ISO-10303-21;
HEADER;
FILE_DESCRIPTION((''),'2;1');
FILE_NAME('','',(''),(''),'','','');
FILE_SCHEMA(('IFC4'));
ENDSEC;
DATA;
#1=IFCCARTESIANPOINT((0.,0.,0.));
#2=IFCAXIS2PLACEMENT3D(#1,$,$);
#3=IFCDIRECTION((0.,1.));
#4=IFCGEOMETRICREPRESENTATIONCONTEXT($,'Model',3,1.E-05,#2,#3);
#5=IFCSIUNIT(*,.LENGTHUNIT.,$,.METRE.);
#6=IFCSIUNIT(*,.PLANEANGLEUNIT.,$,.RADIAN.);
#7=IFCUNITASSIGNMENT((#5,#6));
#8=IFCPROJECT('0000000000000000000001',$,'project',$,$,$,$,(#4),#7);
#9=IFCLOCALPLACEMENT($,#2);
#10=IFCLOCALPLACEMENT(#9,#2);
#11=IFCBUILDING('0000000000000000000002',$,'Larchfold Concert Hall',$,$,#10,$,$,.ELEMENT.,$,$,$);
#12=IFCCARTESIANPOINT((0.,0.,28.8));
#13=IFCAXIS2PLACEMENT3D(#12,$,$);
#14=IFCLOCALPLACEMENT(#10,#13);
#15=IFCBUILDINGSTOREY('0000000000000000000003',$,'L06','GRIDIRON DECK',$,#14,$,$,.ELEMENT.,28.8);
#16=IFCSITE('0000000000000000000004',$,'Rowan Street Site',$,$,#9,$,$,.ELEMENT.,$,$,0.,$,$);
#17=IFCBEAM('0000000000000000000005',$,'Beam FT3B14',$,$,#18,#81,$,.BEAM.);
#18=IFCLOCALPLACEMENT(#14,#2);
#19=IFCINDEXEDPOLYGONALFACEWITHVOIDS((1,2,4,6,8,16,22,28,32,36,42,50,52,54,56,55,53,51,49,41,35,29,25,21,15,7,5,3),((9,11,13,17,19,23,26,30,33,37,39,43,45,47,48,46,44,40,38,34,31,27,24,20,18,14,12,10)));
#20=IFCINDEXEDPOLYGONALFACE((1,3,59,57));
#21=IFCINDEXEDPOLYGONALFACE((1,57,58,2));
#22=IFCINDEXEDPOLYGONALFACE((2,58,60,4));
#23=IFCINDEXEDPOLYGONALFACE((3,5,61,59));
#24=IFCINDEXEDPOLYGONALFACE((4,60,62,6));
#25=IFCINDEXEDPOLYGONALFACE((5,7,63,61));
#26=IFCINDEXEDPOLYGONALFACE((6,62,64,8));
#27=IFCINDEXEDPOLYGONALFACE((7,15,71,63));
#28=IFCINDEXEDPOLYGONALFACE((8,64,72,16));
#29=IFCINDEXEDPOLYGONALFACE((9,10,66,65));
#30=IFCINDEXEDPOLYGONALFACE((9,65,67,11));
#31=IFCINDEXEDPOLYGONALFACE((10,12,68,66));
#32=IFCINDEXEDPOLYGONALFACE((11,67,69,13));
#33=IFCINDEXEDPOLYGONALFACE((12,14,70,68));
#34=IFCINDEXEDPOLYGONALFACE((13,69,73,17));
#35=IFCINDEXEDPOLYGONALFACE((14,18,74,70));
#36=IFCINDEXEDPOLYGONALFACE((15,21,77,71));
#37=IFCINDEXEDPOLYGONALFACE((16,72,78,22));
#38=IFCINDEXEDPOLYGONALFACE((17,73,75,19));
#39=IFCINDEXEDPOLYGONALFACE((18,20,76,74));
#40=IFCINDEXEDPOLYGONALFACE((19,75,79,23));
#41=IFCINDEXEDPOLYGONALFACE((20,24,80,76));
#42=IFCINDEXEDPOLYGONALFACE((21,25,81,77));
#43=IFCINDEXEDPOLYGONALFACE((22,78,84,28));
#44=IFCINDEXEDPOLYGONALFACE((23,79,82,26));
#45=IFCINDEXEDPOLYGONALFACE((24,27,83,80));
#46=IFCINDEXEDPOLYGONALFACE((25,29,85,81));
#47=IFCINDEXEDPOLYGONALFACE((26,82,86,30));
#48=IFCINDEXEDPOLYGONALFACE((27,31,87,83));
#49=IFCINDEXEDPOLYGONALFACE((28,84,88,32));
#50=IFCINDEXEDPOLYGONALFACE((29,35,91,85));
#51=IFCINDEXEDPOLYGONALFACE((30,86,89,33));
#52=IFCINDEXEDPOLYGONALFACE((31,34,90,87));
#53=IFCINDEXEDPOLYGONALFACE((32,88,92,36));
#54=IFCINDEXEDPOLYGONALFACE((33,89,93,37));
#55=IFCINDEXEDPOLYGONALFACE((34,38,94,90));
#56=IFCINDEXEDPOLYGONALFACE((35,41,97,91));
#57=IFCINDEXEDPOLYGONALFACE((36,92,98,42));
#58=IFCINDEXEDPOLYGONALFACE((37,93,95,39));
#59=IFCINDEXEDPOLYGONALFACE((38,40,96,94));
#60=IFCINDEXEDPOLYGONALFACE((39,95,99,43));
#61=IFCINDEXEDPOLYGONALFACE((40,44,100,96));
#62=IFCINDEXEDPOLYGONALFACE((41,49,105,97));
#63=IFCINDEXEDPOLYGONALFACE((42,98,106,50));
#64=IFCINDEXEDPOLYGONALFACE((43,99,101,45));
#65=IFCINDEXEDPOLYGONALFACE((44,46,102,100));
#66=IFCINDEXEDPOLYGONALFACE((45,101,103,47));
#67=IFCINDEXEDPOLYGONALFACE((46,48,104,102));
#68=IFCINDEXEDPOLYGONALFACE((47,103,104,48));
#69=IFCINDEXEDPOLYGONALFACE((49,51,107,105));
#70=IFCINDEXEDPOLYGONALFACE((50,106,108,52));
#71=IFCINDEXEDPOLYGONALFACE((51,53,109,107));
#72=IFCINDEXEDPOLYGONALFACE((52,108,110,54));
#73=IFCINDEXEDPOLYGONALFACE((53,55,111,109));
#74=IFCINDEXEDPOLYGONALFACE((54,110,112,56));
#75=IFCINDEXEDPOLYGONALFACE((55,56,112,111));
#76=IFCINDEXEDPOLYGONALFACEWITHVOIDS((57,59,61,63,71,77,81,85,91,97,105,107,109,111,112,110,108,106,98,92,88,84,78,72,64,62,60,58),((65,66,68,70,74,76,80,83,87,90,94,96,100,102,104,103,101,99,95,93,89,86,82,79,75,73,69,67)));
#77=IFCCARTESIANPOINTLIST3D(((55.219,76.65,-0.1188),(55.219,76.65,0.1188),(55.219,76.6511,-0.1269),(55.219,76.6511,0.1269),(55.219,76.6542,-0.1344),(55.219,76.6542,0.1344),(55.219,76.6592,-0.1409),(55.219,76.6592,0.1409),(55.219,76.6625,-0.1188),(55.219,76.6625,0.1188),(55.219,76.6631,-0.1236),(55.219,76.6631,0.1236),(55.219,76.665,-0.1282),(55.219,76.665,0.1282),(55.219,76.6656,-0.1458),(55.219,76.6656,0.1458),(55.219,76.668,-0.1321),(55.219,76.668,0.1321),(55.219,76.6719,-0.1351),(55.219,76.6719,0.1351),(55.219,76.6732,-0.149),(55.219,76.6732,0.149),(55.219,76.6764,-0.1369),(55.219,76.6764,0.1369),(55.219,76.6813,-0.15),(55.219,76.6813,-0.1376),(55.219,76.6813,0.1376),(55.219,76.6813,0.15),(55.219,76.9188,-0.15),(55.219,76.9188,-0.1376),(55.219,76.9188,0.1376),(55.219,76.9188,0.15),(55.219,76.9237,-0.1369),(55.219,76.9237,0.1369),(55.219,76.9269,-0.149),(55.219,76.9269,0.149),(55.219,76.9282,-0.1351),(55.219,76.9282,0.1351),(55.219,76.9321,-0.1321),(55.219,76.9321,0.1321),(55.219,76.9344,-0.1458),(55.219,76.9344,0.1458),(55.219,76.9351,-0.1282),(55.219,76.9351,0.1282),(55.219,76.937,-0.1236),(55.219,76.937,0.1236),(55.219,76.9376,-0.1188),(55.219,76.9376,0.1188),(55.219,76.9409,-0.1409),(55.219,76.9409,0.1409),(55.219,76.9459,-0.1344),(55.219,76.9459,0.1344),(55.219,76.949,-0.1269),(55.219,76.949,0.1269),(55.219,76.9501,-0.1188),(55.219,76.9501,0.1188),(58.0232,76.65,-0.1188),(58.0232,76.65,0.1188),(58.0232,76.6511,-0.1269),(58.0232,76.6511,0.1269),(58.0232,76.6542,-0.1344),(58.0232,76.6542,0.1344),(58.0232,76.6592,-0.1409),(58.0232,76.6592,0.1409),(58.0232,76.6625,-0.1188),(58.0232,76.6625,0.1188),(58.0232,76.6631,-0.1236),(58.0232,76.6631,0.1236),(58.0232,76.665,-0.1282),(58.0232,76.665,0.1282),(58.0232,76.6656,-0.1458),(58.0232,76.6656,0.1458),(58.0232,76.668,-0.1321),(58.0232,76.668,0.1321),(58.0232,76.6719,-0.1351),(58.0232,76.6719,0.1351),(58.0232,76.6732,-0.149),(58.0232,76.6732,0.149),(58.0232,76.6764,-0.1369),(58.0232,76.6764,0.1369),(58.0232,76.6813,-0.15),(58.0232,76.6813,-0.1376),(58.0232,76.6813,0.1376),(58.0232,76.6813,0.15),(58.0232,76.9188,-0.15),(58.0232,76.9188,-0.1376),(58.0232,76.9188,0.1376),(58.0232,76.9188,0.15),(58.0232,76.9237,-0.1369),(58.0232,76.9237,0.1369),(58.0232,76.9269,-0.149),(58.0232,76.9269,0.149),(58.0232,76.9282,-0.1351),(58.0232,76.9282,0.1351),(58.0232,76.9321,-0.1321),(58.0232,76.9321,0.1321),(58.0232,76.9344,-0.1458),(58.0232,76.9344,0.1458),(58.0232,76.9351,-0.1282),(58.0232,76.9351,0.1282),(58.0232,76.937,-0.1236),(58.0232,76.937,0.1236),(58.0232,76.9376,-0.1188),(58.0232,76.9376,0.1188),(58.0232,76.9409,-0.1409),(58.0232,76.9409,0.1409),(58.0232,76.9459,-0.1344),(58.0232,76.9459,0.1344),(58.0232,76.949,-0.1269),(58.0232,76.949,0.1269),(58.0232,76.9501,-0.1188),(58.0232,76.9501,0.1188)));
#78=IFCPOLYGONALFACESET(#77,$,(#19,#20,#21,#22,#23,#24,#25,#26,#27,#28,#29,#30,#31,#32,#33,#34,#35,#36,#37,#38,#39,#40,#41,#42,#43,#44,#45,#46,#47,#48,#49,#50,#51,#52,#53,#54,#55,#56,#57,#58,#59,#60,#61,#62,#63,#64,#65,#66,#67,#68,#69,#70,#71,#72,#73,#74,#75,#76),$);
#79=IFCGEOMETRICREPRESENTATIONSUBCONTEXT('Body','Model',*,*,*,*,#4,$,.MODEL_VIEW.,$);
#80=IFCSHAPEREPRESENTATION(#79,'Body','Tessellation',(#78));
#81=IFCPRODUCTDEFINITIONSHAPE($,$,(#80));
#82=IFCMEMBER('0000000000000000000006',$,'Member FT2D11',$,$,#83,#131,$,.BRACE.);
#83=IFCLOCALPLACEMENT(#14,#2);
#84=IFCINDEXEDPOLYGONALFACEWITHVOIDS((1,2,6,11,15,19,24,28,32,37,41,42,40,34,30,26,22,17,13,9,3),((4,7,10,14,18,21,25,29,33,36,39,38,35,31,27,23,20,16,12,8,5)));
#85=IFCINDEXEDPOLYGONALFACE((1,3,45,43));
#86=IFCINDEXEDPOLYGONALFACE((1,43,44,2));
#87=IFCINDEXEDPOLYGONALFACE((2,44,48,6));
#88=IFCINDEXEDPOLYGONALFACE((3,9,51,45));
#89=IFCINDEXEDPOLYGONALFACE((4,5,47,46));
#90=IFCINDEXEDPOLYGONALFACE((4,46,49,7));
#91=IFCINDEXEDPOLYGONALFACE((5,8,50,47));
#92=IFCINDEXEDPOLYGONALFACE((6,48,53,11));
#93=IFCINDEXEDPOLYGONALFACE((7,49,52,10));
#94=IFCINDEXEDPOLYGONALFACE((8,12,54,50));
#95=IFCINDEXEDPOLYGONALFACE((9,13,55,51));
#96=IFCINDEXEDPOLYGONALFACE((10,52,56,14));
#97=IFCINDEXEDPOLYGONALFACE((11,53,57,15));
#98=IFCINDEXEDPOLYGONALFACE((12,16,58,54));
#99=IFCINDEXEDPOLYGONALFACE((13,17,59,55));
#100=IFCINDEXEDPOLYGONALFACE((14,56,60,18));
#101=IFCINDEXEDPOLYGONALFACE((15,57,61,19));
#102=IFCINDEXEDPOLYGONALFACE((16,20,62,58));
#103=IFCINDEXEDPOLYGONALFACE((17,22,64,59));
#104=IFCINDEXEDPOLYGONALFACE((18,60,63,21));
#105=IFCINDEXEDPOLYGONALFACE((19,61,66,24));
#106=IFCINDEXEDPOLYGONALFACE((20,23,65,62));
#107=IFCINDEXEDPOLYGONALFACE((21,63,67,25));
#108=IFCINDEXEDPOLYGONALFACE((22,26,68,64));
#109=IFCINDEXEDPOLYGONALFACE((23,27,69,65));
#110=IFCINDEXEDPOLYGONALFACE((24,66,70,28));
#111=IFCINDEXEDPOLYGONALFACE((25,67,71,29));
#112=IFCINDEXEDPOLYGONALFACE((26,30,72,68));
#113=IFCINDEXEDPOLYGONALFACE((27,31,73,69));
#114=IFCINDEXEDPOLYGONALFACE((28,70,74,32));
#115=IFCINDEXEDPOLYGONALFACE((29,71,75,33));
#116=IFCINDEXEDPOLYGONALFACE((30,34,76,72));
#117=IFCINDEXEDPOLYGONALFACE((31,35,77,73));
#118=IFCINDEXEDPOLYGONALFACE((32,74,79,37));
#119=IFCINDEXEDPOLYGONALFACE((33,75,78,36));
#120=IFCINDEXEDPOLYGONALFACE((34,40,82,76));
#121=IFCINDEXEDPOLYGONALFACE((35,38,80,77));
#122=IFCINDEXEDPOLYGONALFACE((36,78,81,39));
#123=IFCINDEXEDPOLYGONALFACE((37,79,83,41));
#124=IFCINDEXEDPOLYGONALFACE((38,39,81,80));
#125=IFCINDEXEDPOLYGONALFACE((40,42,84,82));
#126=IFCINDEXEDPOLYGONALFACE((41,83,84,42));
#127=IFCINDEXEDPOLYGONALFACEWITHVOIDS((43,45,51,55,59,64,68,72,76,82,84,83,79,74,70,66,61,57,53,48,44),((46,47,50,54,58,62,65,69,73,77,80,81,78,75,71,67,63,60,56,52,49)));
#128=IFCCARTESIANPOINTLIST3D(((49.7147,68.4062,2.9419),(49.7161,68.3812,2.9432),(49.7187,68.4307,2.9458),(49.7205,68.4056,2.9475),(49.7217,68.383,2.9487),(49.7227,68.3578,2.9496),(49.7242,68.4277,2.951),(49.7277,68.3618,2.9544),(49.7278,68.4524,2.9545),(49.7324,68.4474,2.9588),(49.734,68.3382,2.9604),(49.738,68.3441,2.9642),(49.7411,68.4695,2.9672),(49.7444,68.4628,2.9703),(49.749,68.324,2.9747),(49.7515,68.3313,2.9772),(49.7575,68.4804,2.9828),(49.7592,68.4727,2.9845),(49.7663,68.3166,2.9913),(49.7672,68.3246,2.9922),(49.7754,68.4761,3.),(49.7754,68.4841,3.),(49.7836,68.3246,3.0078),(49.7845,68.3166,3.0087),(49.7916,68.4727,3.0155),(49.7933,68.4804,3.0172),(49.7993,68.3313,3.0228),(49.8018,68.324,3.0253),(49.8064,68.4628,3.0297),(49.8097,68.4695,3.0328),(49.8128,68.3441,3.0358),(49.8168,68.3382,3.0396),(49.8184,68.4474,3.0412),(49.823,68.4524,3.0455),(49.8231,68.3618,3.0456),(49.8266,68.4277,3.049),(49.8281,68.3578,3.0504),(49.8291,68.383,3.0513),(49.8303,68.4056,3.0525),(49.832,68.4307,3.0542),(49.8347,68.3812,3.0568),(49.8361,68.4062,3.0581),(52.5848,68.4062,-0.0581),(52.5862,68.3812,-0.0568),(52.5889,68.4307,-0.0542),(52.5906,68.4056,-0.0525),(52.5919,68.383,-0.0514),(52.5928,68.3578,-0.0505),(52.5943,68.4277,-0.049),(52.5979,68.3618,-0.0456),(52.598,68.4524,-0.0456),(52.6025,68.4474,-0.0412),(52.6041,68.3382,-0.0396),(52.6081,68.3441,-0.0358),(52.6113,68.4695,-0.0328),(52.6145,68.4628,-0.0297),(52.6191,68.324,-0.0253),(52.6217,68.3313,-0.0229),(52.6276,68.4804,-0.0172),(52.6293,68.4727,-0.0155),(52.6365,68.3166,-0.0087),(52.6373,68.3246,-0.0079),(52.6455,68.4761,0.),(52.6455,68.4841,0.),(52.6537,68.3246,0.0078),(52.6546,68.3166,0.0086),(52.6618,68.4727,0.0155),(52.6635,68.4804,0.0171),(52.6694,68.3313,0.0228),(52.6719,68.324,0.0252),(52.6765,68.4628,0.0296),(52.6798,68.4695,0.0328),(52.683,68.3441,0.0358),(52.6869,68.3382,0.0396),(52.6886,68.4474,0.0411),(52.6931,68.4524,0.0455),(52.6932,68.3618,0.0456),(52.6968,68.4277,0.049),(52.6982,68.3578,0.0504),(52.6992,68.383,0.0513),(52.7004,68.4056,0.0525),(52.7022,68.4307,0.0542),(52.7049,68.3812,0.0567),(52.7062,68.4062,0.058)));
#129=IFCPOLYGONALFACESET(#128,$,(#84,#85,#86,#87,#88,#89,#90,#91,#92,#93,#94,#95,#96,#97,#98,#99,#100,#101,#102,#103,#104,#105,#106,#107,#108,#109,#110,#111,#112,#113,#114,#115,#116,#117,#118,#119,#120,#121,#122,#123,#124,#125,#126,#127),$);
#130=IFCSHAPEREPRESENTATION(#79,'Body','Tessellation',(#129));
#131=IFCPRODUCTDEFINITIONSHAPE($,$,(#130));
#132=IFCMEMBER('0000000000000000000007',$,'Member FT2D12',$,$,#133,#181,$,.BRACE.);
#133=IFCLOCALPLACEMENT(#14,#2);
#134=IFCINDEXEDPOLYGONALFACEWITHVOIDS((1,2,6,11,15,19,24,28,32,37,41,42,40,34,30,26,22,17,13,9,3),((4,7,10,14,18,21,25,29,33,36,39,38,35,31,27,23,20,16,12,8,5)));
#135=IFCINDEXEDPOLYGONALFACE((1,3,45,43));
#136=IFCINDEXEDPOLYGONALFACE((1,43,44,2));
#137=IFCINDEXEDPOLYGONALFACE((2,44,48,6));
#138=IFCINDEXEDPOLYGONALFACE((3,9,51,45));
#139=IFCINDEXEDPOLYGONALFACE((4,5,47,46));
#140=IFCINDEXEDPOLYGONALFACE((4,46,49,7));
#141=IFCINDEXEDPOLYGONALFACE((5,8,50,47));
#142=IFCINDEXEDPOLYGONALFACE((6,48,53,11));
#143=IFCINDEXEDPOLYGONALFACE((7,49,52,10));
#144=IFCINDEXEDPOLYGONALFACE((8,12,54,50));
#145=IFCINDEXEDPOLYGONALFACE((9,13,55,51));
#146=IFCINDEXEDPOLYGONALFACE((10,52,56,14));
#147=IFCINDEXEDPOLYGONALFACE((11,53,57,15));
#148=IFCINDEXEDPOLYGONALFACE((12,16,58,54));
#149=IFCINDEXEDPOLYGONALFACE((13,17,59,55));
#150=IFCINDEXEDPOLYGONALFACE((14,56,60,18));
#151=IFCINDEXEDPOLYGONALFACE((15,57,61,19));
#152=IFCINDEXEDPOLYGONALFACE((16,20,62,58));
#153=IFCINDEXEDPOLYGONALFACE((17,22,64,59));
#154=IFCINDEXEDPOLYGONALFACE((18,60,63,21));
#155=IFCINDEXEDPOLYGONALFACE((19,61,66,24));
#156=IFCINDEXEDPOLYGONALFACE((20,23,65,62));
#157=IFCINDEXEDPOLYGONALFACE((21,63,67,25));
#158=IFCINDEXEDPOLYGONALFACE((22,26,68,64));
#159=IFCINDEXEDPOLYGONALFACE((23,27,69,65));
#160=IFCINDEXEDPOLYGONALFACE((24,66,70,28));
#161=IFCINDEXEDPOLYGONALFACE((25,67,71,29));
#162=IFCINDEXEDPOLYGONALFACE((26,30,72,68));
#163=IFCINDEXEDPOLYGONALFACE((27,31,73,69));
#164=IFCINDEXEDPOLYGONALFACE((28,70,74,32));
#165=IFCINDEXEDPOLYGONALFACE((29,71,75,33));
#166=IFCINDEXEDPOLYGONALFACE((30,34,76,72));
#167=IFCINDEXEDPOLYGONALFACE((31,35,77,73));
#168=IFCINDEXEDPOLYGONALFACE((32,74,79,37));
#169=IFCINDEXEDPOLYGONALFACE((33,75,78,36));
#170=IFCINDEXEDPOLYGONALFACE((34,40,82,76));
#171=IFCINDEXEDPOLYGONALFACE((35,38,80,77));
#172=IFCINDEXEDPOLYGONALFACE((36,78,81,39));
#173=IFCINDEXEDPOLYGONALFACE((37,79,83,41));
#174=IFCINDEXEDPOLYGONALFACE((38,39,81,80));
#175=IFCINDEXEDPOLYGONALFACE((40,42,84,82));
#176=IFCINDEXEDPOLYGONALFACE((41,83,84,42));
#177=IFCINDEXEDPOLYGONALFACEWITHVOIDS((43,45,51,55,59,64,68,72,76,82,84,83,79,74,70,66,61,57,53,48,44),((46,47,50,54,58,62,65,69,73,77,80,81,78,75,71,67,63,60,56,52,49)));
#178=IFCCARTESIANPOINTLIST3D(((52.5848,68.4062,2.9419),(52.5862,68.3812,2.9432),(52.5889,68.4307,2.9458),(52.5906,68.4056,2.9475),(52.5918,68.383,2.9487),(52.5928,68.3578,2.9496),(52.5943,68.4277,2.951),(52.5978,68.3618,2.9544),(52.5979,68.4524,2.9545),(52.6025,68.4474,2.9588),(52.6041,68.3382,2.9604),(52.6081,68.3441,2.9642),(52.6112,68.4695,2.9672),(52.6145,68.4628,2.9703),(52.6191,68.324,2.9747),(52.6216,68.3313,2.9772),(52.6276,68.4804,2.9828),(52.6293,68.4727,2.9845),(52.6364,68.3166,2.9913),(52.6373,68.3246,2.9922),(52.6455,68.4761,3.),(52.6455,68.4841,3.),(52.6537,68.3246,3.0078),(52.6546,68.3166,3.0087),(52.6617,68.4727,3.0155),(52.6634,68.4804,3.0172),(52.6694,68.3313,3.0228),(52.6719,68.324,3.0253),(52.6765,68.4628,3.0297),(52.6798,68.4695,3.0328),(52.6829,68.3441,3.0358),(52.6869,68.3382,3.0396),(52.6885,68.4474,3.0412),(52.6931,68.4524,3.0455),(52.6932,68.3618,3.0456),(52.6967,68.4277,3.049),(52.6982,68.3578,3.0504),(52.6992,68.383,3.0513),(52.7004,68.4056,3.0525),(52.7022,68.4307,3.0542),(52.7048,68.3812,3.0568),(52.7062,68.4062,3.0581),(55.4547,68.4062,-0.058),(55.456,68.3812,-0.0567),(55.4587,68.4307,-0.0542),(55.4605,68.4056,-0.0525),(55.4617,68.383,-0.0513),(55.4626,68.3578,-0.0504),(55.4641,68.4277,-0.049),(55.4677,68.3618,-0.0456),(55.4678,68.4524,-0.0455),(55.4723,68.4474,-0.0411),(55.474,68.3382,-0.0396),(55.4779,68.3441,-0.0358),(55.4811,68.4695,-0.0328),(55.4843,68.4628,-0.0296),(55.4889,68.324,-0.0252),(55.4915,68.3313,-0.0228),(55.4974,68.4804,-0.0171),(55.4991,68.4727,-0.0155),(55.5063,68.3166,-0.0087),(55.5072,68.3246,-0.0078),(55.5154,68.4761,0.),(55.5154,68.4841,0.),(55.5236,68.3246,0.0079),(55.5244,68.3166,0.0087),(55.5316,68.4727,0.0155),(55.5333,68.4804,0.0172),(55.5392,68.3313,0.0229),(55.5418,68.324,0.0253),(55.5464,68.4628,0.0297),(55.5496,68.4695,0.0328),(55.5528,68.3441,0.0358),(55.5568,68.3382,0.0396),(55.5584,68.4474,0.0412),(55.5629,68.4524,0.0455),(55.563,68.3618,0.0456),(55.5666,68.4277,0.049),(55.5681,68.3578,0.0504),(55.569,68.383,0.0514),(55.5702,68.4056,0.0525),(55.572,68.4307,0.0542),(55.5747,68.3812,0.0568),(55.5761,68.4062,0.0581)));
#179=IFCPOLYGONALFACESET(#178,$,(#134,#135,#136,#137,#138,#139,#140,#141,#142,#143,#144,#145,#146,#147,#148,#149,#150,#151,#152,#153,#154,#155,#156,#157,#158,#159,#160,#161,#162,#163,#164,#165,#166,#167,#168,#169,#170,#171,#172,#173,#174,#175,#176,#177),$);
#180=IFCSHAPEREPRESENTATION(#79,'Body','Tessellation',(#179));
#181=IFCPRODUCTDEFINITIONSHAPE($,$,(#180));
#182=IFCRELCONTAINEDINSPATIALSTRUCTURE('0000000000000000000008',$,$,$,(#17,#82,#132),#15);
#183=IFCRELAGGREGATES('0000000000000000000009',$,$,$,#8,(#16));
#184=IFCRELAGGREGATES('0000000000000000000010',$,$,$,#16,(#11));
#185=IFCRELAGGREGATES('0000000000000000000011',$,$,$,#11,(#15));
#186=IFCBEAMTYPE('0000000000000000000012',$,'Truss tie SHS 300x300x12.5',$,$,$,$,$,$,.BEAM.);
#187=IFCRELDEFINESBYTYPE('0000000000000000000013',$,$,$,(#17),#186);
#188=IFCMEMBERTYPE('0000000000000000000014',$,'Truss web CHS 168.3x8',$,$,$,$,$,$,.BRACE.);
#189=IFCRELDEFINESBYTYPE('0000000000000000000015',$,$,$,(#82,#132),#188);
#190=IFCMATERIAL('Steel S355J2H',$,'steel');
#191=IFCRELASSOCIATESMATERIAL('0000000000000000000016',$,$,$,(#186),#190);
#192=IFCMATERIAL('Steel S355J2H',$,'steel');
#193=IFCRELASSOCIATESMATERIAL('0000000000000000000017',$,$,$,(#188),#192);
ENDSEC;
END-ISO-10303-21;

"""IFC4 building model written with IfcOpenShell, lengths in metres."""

from ifc_helpers import new_model, si_unit, direction, frame, origin, origin_2d, place, context, subcontext, project, spatial, hollow_rectangle, hollow_circle, extrude, material, material_profile, profile_set, type_object, element, save


model = new_model("IFC4")

# Units and contexts
model_context = context("Model", 3, precision=1e-05, world=origin(), true_north=direction((0.0, 1.0)))
body_context = subcontext(model_context, "Body", "Model", "MODEL_VIEW")
ifc_project = project(units=[si_unit("LENGTHUNIT", "METRE"), si_unit("PLANEANGLEUNIT", "RADIAN")], contexts=[model_context])

# Site, building, storey
site_placement = place(None, origin())
site = spatial("IfcSite", under=ifc_project, at=site_placement, Name="Rowan Street Site", CompositionType="ELEMENT", RefElevation=0.0)
building_placement = place(site_placement, origin())
building = spatial("IfcBuilding", under=site, at=building_placement, Name="Larchfold Concert Hall", CompositionType="ELEMENT")
storey_placement = place(building_placement, frame((0.0, 0.0, 28.8)))
storey = spatial("IfcBuildingStorey", under=building, at=storey_placement, Name="L06", Description="GRIDIRON DECK", CompositionType="ELEMENT", Elevation=28.8)

# Beam
ifc_material_1 = material(Name="Steel S355J2H", Category="steel")
ifc_material_profile_1 = material_profile(ifc_material_1, hollow_rectangle(XDim=0.3, YDim=0.3, WallThickness=0.0125, InnerFilletRadius=0.0188, OuterFilletRadius=0.0312, at=origin_2d()))
ifc_profile_set_1 = profile_set([ifc_material_profile_1], Name="Steel S355J2H")
beam_type_1 = type_object("IfcBeamType", Name="Truss tie SHS 300x300x12.5", PredefinedType="BEAM", material=ifc_profile_set_1)
for number, where, z_axis, x_axis, name in (
    (1, (55.219, 76.8, 0.0), (1.0, 0.0, 0.0), (0.0, 1.0, 0.0), "Beam FT3B14"),
):
    element("IfcBeam", number, at=place(storey_placement, frame(where, z_axis=z_axis, x_axis=x_axis)), inside=storey, type_object=beam_type_1, Name=name, PredefinedType="BEAM", context=body_context, shape_type="SweptSolid", body=[
        extrude(hollow_rectangle(XDim=0.3, YDim=0.3, WallThickness=0.0125, InnerFilletRadius=0.0188, OuterFilletRadius=0.0312, at=origin_2d()), origin(), (0.0, 0.0, 1.0), 2.8042),
    ])

# Members
ifc_material_2 = material(Name="Steel S355J2H", Category="steel")
ifc_material_profile_2 = material_profile(ifc_material_2, hollow_circle(Radius=0.0842, WallThickness=0.0081, at=origin_2d()))
ifc_profile_set_2 = profile_set([ifc_material_profile_2], Name="Steel S355J2H")
member_type_1 = type_object("IfcMemberType", Name="Truss web CHS 168.3x8", PredefinedType="BRACE", material=ifc_profile_set_2)
member_1_placement = place(storey_placement, frame((49.7754, 68.3999, 3.0), z_axis=(0.691292, 0.0, -0.722575), x_axis=(0.0, 1.0, 0.0)))
element("IfcMember", 2, at=member_1_placement, inside=storey, type_object=member_type_1, Name="Member FT2D11", PredefinedType="BRACE", context=body_context, shape_type="SweptSolid", body=[
    extrude(hollow_circle(Radius=0.0842, WallThickness=0.0081, at=origin_2d()), origin(), (0.0, 0.0, 1.0), 4.1519),
])
member_2_placement = place(storey_placement, frame((52.6455, 68.3999, 3.0), z_axis=(0.691261, 0.0, -0.722605), x_axis=(0.0, 1.0, 0.0)))
element("IfcMember", 3, at=member_2_placement, inside=storey, type_object=member_type_1, Name="Member FT2D12", PredefinedType="BRACE", context=body_context, shape_type="SweptSolid", body=[
    extrude(hollow_circle(Radius=0.0842, WallThickness=0.0081, at=origin_2d()), origin(), (0.0, 0.0, 1.0), 4.1516),
])

save(model, "model.ifc")
